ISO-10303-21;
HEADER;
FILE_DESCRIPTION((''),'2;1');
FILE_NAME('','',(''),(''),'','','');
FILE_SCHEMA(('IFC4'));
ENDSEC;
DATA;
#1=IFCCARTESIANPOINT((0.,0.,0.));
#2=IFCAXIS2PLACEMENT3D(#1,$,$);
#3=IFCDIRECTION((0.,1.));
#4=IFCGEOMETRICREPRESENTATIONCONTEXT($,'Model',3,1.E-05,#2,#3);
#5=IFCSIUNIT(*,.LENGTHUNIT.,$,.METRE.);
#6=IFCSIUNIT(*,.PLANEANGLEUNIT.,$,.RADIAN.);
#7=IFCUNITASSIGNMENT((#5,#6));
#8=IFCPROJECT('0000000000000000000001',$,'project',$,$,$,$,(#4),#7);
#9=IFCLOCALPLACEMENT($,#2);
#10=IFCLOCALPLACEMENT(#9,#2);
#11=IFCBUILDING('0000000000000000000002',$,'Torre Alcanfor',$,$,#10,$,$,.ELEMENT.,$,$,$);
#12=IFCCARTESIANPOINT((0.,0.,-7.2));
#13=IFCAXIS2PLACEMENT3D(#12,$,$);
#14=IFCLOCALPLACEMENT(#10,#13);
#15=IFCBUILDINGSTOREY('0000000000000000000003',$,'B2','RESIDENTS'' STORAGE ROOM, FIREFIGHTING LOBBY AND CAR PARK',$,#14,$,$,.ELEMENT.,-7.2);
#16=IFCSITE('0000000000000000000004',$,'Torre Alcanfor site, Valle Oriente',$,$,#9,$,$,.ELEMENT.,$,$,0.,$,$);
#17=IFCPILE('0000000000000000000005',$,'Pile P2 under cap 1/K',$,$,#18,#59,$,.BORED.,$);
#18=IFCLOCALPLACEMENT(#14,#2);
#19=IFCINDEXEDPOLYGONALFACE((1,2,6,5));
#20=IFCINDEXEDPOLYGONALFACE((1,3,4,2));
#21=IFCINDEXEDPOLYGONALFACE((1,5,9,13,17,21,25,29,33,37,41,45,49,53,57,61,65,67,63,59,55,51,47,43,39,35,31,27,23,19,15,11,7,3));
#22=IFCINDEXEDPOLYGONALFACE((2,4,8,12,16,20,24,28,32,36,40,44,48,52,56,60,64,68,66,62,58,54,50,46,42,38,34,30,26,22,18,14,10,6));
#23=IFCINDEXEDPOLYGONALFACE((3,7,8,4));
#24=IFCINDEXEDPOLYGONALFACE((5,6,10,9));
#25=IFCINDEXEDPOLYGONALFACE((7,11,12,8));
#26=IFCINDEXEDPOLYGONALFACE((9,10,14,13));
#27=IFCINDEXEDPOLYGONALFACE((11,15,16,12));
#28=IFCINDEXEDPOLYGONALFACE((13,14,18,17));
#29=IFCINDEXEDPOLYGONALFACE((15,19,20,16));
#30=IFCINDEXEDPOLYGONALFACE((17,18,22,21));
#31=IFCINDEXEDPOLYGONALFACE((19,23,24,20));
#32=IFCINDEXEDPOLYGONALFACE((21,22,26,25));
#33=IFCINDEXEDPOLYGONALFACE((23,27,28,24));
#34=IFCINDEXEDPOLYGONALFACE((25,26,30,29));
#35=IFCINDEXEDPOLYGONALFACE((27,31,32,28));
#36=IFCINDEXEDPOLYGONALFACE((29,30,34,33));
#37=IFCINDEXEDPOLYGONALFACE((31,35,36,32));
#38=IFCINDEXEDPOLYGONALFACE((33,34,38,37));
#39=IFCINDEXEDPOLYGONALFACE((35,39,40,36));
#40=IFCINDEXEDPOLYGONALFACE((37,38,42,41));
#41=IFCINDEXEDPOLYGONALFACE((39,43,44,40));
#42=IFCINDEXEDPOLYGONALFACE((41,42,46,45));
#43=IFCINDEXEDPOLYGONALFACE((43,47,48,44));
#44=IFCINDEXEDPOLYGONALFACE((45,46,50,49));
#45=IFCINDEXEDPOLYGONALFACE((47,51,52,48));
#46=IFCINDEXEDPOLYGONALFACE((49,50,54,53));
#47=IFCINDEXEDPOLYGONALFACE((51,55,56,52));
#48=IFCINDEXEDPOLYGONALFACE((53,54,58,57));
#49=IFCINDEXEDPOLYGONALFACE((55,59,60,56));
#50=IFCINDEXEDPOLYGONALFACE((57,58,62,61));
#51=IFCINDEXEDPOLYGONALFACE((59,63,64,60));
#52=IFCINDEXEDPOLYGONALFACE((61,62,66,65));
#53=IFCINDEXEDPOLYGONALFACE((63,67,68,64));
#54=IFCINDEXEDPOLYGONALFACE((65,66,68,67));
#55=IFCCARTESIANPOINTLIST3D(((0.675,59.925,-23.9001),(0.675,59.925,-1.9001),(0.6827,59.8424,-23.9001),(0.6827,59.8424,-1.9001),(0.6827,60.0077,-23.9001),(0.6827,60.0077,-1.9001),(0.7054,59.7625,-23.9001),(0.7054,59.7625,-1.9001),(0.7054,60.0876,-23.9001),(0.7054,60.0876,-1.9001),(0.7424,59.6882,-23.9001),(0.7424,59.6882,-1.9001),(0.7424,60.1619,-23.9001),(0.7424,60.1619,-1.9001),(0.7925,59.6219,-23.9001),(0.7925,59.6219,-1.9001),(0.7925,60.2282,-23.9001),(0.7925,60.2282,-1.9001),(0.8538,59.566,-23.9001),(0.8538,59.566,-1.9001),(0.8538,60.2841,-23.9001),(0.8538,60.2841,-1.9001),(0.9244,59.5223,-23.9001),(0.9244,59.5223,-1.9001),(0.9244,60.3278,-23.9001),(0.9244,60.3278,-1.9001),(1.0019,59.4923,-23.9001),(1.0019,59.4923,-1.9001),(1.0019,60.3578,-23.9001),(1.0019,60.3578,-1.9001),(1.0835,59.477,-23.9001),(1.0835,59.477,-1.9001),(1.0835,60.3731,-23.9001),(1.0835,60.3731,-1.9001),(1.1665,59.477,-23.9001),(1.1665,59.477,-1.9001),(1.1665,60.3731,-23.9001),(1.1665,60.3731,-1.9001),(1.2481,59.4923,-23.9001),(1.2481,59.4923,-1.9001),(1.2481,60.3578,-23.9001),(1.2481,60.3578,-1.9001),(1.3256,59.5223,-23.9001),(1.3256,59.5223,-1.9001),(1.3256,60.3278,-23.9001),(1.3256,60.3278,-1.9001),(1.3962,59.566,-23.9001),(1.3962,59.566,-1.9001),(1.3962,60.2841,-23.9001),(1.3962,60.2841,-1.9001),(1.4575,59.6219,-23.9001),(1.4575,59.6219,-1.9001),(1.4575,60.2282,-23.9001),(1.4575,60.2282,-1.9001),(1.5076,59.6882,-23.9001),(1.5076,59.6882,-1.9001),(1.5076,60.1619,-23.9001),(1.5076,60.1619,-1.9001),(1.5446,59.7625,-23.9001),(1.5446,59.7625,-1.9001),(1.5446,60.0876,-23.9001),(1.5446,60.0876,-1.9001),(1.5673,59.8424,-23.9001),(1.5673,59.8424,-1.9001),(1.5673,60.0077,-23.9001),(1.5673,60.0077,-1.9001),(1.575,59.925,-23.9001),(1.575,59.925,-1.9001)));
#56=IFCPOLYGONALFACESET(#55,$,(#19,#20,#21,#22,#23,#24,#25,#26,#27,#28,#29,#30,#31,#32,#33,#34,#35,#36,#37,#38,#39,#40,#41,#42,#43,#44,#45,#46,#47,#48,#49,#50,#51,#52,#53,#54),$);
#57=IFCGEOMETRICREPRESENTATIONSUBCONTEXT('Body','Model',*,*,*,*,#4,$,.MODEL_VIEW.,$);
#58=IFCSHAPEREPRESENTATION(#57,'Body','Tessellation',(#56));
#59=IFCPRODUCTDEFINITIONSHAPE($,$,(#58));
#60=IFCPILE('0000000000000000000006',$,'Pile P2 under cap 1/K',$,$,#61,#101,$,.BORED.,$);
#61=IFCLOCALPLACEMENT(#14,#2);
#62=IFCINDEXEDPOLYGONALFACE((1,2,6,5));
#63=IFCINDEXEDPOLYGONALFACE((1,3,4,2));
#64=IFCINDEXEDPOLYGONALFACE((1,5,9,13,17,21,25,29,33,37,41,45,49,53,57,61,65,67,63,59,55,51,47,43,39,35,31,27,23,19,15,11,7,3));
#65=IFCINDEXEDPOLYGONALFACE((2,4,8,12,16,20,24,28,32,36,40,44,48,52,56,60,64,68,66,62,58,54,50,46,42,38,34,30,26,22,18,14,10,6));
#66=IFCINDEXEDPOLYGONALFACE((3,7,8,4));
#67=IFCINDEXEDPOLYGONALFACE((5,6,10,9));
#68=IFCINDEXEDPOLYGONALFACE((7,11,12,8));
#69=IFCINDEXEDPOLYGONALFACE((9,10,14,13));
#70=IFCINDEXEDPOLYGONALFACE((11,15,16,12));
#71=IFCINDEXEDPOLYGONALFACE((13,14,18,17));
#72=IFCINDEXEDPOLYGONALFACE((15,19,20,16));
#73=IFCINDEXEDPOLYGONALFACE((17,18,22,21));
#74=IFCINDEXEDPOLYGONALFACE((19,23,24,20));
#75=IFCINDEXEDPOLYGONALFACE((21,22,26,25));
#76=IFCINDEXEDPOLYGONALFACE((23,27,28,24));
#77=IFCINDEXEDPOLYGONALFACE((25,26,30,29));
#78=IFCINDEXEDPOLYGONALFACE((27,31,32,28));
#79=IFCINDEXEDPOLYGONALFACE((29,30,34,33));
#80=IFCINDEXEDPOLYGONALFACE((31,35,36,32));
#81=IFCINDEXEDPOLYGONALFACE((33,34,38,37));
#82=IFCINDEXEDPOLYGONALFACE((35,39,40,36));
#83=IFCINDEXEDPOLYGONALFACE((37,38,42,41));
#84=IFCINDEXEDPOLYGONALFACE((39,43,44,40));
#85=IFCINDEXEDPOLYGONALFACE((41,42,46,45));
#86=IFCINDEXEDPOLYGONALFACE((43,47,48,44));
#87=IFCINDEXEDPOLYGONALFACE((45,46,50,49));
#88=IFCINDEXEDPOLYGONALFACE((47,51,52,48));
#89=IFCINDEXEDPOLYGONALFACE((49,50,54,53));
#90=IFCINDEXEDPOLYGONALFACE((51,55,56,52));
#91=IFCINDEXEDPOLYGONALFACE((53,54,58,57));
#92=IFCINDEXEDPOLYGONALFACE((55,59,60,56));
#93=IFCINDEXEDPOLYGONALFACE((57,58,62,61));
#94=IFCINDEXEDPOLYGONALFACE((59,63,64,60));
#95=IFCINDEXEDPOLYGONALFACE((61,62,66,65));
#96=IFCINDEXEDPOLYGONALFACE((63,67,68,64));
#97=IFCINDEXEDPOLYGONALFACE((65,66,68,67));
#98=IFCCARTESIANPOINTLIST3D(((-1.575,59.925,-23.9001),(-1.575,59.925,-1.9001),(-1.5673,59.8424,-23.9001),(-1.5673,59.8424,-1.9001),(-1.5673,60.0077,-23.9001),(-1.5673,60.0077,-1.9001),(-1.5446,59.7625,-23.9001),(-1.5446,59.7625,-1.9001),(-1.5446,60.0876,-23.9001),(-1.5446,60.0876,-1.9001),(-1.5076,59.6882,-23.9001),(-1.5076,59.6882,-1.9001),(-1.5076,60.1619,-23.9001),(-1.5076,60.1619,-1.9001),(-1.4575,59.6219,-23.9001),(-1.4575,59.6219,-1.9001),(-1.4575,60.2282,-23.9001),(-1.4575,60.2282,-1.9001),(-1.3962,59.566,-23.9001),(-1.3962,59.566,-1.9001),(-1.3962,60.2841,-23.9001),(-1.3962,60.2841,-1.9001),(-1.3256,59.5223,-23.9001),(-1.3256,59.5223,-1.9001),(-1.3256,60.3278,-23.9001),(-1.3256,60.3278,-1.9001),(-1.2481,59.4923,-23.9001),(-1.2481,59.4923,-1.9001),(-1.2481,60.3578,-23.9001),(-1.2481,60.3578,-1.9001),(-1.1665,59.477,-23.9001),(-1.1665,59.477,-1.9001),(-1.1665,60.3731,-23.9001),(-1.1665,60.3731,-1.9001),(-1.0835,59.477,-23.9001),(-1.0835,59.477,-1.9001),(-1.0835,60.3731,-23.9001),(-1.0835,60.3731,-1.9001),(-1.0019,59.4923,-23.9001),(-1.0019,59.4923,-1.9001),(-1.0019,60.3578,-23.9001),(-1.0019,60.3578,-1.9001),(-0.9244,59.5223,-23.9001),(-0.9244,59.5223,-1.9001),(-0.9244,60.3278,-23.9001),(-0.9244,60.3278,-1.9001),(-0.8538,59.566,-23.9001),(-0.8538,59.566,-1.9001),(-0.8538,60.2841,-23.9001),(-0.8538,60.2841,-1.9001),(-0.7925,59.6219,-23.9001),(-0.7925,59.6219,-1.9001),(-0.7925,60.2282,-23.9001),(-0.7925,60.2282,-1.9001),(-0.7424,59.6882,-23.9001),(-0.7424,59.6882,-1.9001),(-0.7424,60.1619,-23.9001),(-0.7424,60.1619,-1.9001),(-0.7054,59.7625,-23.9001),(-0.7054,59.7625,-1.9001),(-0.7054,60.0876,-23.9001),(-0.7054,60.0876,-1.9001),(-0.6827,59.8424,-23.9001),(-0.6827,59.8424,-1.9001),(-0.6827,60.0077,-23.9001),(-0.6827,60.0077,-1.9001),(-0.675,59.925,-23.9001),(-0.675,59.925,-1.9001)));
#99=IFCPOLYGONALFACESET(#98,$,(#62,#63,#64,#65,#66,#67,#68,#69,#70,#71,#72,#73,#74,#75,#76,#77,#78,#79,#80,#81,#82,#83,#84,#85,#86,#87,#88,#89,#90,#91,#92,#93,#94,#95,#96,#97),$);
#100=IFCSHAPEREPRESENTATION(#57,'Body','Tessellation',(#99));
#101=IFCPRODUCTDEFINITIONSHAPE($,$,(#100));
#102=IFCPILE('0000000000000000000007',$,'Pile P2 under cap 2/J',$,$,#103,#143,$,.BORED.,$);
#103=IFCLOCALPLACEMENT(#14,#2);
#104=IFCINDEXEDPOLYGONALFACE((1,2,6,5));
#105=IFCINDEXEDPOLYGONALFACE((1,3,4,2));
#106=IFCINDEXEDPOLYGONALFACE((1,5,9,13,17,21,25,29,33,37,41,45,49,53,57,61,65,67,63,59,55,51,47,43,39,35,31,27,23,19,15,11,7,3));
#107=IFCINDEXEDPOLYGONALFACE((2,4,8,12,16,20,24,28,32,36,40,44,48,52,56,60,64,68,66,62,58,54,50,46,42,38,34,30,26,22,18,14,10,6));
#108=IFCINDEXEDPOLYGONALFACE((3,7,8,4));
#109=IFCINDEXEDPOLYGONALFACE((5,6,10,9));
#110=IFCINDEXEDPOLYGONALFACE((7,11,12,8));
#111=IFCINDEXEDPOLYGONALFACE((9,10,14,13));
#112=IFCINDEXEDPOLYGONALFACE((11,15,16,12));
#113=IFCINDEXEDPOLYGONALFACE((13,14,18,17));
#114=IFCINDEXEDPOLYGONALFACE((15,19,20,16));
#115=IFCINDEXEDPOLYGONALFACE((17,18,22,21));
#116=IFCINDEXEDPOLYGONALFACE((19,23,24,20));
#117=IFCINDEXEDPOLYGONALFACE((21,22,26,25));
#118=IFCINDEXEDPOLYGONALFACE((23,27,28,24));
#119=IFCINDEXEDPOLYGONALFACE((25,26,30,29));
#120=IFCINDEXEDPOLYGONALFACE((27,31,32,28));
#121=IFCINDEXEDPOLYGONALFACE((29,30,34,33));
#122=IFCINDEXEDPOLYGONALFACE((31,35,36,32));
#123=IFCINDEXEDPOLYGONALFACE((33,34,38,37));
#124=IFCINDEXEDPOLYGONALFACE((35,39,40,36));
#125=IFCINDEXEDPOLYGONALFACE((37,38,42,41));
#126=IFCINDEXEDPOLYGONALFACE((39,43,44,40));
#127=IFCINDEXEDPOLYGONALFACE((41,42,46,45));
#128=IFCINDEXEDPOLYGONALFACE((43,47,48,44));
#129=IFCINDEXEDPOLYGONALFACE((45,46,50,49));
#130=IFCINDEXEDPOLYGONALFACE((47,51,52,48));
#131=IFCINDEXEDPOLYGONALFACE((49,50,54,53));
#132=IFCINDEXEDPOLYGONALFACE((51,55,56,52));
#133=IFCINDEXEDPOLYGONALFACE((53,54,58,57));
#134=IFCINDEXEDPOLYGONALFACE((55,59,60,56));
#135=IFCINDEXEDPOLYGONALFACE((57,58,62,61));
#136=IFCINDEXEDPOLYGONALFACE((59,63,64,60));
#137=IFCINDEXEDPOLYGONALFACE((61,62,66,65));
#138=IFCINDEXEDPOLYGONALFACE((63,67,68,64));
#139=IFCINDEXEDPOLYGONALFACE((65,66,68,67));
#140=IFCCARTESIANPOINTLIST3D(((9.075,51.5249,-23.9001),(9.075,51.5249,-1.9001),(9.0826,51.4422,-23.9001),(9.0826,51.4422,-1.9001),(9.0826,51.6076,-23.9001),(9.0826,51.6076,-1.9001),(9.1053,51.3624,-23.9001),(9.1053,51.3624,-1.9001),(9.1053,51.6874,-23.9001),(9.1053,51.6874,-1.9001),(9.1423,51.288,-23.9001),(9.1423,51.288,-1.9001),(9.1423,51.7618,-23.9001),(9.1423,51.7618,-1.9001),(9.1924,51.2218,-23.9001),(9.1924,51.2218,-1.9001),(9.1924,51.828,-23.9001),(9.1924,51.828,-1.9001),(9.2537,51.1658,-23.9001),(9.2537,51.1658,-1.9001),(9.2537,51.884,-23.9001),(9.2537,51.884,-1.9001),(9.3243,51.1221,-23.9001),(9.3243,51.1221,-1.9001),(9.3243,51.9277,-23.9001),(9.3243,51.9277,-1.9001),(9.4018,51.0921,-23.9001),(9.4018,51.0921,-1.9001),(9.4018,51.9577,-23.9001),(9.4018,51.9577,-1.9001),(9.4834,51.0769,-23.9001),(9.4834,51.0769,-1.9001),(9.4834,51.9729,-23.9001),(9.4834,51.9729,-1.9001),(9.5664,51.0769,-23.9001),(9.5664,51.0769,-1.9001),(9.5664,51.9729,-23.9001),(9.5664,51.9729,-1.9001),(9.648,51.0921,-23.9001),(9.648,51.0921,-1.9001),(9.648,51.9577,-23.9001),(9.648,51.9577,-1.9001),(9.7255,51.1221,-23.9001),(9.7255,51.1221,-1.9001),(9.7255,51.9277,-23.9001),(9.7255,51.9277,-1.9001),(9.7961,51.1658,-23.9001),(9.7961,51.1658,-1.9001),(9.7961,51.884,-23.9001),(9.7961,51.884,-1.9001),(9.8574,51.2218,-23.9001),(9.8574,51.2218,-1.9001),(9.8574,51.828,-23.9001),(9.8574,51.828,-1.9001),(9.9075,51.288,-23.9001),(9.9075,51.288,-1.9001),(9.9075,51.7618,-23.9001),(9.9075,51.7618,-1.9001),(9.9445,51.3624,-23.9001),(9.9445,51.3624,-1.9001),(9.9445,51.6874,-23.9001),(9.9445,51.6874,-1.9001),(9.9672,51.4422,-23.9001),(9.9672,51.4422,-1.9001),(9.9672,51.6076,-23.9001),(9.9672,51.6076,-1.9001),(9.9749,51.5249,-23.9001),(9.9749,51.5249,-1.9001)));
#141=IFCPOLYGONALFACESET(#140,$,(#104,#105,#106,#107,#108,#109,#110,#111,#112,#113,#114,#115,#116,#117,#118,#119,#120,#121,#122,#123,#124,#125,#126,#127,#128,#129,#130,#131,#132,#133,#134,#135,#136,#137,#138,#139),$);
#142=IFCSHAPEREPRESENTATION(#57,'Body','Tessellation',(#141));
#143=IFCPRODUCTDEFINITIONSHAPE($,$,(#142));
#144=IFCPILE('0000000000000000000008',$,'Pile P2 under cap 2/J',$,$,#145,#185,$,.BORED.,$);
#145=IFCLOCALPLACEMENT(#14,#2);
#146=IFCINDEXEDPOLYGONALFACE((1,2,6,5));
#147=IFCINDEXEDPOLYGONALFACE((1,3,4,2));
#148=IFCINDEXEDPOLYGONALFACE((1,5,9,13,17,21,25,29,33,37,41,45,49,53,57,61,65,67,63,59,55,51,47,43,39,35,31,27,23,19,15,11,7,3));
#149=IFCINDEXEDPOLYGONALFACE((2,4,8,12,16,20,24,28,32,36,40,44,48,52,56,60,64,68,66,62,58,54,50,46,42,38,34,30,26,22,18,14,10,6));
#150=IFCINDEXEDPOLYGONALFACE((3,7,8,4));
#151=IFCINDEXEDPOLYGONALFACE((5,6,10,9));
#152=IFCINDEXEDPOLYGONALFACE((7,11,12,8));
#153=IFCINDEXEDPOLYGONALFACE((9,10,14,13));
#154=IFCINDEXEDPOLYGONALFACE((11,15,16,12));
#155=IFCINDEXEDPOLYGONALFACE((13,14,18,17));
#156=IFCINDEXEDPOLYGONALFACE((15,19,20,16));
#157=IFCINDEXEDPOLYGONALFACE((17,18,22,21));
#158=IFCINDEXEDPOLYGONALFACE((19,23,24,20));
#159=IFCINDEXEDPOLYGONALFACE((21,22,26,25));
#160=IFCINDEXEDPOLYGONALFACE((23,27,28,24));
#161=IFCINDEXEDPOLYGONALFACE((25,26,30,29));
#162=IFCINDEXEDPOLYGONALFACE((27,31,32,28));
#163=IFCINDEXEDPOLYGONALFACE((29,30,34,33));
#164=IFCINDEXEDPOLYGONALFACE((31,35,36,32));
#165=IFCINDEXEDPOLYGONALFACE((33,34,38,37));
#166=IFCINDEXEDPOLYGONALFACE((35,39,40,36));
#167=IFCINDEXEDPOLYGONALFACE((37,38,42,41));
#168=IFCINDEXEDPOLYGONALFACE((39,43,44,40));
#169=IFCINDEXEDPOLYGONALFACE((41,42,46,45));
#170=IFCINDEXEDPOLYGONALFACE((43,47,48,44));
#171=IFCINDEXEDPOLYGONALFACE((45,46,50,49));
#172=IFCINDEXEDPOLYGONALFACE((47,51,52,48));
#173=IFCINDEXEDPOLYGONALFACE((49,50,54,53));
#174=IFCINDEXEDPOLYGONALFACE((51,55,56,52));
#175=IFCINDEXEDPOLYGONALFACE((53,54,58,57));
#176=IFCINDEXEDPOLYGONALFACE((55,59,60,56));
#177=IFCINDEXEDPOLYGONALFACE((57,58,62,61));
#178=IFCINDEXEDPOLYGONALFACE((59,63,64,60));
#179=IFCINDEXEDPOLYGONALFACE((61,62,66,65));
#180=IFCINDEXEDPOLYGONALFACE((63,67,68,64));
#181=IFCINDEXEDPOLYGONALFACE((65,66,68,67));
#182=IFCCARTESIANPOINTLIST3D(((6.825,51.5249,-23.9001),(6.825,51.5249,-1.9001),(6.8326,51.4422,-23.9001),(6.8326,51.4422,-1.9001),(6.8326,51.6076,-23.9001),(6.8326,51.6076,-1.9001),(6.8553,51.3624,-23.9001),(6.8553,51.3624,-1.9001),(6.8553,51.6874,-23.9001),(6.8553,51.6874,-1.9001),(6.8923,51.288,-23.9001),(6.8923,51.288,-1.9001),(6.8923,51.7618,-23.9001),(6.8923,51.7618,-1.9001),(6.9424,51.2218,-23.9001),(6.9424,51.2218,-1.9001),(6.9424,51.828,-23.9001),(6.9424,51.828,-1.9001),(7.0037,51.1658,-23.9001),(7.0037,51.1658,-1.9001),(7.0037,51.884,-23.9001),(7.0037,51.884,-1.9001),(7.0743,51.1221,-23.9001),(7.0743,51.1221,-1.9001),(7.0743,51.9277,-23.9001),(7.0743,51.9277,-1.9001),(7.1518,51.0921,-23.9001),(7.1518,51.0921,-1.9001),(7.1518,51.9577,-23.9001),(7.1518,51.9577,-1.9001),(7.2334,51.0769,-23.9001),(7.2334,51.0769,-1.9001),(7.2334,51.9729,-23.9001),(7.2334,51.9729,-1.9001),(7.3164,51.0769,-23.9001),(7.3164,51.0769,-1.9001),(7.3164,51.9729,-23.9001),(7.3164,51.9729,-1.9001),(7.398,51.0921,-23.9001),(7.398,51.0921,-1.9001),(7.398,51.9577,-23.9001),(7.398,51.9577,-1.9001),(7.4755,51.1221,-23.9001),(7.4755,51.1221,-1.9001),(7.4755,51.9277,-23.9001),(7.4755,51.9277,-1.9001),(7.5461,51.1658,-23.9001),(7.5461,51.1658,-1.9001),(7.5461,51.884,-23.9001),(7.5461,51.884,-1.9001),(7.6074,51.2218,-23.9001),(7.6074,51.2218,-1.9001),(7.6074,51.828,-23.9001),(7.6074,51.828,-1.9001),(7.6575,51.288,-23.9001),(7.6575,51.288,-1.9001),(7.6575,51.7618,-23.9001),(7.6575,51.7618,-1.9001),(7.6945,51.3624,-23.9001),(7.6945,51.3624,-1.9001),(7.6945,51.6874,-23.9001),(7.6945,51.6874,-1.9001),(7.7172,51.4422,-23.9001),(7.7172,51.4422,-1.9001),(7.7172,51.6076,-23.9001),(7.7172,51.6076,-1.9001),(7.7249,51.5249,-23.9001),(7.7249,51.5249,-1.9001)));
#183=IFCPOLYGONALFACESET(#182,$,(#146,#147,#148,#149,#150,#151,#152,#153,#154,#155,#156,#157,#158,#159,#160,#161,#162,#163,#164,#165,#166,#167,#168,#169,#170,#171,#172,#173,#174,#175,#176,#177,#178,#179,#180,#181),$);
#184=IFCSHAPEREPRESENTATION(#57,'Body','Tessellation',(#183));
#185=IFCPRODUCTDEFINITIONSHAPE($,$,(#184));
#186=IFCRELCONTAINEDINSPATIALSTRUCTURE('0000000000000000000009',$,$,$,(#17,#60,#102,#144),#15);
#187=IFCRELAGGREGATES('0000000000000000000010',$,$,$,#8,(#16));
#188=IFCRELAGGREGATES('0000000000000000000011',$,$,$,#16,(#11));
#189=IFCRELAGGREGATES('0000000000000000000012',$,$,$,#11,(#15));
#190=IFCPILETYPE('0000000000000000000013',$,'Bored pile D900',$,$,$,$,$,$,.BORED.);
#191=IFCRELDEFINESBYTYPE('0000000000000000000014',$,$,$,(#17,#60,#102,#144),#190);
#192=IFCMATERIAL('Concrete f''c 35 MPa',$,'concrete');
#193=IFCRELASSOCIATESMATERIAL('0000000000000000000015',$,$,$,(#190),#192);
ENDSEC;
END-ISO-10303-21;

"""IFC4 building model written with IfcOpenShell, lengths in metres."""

from ifc_helpers import new_model, si_unit, direction, frame, origin, origin_2d, place, context, subcontext, project, spatial, circle, extrude, material, material_profile, profile_set, type_object, element, save


model = new_model("IFC4")

# Units and contexts
model_context = context("Model", 3, precision=1e-05, world=origin(), true_north=direction((0.0, 1.0)))
body_context = subcontext(model_context, "Body", "Model", "MODEL_VIEW")
ifc_project = project(units=[si_unit("LENGTHUNIT", "METRE"), si_unit("PLANEANGLEUNIT", "RADIAN")], contexts=[model_context])

# Site, building, storey
site_placement = place(None, origin())
site = spatial("IfcSite", under=ifc_project, at=site_placement, Name="Torre Alcanfor site, Valle Oriente", CompositionType="ELEMENT", RefElevation=0.0)
building_placement = place(site_placement, origin())
building = spatial("IfcBuilding", under=site, at=building_placement, Name="Torre Alcanfor", CompositionType="ELEMENT")
storey_placement = place(building_placement, frame((0.0, 0.0, -7.2)))
storey = spatial("IfcBuildingStorey", under=building, at=storey_placement, Name="B2", Description="RESIDENTS' STORAGE ROOM, FIREFIGHTING LOBBY AND CAR PARK", CompositionType="ELEMENT", Elevation=-7.2)

# Piles
ifc_material_1 = material(Name="Concrete f'c 35 MPa", Category="concrete")
ifc_material_profile_1 = material_profile(ifc_material_1, circle(Radius=0.45, at=origin_2d()), Name="D900")
ifc_profile_set_1 = profile_set([ifc_material_profile_1], Name="Concrete f'c 35 MPa")
pile_type = type_object("IfcPileType", Name="Bored pile D900", PredefinedType="BORED", material=ifc_profile_set_1)
for number, where, z_axis, x_axis, name in (
    (1, (1.125, 59.925, -1.9001), (0.0, 0.0, -1.0), (1.0, 0.0, 0.0), "Pile P2 under cap 1/K"),
    (2, (-1.125, 59.925, -1.9001), (0.0, 0.0, -1.0), (1.0, 0.0, 0.0), "Pile P2 under cap 1/K"),
    (3, (9.5249, 51.5249, -1.9001), (0.0, 0.0, -1.0), (1.0, 0.0, 0.0), "Pile P2 under cap 2/J"),
    (4, (7.2749, 51.5249, -1.9001), (0.0, 0.0, -1.0), (1.0, 0.0, 0.0), "Pile P2 under cap 2/J"),
):
    element("IfcPile", number, at=place(storey_placement, frame(where, z_axis=z_axis, x_axis=x_axis)), inside=storey, type_object=pile_type, Name=name, PredefinedType="BORED", context=body_context, shape_type="SweptSolid", body=[
        extrude(circle(Radius=0.45, at=origin_2d()), origin(), (0.0, 0.0, 1.0), 22.0),
    ])

save(model, "model.ifc")
